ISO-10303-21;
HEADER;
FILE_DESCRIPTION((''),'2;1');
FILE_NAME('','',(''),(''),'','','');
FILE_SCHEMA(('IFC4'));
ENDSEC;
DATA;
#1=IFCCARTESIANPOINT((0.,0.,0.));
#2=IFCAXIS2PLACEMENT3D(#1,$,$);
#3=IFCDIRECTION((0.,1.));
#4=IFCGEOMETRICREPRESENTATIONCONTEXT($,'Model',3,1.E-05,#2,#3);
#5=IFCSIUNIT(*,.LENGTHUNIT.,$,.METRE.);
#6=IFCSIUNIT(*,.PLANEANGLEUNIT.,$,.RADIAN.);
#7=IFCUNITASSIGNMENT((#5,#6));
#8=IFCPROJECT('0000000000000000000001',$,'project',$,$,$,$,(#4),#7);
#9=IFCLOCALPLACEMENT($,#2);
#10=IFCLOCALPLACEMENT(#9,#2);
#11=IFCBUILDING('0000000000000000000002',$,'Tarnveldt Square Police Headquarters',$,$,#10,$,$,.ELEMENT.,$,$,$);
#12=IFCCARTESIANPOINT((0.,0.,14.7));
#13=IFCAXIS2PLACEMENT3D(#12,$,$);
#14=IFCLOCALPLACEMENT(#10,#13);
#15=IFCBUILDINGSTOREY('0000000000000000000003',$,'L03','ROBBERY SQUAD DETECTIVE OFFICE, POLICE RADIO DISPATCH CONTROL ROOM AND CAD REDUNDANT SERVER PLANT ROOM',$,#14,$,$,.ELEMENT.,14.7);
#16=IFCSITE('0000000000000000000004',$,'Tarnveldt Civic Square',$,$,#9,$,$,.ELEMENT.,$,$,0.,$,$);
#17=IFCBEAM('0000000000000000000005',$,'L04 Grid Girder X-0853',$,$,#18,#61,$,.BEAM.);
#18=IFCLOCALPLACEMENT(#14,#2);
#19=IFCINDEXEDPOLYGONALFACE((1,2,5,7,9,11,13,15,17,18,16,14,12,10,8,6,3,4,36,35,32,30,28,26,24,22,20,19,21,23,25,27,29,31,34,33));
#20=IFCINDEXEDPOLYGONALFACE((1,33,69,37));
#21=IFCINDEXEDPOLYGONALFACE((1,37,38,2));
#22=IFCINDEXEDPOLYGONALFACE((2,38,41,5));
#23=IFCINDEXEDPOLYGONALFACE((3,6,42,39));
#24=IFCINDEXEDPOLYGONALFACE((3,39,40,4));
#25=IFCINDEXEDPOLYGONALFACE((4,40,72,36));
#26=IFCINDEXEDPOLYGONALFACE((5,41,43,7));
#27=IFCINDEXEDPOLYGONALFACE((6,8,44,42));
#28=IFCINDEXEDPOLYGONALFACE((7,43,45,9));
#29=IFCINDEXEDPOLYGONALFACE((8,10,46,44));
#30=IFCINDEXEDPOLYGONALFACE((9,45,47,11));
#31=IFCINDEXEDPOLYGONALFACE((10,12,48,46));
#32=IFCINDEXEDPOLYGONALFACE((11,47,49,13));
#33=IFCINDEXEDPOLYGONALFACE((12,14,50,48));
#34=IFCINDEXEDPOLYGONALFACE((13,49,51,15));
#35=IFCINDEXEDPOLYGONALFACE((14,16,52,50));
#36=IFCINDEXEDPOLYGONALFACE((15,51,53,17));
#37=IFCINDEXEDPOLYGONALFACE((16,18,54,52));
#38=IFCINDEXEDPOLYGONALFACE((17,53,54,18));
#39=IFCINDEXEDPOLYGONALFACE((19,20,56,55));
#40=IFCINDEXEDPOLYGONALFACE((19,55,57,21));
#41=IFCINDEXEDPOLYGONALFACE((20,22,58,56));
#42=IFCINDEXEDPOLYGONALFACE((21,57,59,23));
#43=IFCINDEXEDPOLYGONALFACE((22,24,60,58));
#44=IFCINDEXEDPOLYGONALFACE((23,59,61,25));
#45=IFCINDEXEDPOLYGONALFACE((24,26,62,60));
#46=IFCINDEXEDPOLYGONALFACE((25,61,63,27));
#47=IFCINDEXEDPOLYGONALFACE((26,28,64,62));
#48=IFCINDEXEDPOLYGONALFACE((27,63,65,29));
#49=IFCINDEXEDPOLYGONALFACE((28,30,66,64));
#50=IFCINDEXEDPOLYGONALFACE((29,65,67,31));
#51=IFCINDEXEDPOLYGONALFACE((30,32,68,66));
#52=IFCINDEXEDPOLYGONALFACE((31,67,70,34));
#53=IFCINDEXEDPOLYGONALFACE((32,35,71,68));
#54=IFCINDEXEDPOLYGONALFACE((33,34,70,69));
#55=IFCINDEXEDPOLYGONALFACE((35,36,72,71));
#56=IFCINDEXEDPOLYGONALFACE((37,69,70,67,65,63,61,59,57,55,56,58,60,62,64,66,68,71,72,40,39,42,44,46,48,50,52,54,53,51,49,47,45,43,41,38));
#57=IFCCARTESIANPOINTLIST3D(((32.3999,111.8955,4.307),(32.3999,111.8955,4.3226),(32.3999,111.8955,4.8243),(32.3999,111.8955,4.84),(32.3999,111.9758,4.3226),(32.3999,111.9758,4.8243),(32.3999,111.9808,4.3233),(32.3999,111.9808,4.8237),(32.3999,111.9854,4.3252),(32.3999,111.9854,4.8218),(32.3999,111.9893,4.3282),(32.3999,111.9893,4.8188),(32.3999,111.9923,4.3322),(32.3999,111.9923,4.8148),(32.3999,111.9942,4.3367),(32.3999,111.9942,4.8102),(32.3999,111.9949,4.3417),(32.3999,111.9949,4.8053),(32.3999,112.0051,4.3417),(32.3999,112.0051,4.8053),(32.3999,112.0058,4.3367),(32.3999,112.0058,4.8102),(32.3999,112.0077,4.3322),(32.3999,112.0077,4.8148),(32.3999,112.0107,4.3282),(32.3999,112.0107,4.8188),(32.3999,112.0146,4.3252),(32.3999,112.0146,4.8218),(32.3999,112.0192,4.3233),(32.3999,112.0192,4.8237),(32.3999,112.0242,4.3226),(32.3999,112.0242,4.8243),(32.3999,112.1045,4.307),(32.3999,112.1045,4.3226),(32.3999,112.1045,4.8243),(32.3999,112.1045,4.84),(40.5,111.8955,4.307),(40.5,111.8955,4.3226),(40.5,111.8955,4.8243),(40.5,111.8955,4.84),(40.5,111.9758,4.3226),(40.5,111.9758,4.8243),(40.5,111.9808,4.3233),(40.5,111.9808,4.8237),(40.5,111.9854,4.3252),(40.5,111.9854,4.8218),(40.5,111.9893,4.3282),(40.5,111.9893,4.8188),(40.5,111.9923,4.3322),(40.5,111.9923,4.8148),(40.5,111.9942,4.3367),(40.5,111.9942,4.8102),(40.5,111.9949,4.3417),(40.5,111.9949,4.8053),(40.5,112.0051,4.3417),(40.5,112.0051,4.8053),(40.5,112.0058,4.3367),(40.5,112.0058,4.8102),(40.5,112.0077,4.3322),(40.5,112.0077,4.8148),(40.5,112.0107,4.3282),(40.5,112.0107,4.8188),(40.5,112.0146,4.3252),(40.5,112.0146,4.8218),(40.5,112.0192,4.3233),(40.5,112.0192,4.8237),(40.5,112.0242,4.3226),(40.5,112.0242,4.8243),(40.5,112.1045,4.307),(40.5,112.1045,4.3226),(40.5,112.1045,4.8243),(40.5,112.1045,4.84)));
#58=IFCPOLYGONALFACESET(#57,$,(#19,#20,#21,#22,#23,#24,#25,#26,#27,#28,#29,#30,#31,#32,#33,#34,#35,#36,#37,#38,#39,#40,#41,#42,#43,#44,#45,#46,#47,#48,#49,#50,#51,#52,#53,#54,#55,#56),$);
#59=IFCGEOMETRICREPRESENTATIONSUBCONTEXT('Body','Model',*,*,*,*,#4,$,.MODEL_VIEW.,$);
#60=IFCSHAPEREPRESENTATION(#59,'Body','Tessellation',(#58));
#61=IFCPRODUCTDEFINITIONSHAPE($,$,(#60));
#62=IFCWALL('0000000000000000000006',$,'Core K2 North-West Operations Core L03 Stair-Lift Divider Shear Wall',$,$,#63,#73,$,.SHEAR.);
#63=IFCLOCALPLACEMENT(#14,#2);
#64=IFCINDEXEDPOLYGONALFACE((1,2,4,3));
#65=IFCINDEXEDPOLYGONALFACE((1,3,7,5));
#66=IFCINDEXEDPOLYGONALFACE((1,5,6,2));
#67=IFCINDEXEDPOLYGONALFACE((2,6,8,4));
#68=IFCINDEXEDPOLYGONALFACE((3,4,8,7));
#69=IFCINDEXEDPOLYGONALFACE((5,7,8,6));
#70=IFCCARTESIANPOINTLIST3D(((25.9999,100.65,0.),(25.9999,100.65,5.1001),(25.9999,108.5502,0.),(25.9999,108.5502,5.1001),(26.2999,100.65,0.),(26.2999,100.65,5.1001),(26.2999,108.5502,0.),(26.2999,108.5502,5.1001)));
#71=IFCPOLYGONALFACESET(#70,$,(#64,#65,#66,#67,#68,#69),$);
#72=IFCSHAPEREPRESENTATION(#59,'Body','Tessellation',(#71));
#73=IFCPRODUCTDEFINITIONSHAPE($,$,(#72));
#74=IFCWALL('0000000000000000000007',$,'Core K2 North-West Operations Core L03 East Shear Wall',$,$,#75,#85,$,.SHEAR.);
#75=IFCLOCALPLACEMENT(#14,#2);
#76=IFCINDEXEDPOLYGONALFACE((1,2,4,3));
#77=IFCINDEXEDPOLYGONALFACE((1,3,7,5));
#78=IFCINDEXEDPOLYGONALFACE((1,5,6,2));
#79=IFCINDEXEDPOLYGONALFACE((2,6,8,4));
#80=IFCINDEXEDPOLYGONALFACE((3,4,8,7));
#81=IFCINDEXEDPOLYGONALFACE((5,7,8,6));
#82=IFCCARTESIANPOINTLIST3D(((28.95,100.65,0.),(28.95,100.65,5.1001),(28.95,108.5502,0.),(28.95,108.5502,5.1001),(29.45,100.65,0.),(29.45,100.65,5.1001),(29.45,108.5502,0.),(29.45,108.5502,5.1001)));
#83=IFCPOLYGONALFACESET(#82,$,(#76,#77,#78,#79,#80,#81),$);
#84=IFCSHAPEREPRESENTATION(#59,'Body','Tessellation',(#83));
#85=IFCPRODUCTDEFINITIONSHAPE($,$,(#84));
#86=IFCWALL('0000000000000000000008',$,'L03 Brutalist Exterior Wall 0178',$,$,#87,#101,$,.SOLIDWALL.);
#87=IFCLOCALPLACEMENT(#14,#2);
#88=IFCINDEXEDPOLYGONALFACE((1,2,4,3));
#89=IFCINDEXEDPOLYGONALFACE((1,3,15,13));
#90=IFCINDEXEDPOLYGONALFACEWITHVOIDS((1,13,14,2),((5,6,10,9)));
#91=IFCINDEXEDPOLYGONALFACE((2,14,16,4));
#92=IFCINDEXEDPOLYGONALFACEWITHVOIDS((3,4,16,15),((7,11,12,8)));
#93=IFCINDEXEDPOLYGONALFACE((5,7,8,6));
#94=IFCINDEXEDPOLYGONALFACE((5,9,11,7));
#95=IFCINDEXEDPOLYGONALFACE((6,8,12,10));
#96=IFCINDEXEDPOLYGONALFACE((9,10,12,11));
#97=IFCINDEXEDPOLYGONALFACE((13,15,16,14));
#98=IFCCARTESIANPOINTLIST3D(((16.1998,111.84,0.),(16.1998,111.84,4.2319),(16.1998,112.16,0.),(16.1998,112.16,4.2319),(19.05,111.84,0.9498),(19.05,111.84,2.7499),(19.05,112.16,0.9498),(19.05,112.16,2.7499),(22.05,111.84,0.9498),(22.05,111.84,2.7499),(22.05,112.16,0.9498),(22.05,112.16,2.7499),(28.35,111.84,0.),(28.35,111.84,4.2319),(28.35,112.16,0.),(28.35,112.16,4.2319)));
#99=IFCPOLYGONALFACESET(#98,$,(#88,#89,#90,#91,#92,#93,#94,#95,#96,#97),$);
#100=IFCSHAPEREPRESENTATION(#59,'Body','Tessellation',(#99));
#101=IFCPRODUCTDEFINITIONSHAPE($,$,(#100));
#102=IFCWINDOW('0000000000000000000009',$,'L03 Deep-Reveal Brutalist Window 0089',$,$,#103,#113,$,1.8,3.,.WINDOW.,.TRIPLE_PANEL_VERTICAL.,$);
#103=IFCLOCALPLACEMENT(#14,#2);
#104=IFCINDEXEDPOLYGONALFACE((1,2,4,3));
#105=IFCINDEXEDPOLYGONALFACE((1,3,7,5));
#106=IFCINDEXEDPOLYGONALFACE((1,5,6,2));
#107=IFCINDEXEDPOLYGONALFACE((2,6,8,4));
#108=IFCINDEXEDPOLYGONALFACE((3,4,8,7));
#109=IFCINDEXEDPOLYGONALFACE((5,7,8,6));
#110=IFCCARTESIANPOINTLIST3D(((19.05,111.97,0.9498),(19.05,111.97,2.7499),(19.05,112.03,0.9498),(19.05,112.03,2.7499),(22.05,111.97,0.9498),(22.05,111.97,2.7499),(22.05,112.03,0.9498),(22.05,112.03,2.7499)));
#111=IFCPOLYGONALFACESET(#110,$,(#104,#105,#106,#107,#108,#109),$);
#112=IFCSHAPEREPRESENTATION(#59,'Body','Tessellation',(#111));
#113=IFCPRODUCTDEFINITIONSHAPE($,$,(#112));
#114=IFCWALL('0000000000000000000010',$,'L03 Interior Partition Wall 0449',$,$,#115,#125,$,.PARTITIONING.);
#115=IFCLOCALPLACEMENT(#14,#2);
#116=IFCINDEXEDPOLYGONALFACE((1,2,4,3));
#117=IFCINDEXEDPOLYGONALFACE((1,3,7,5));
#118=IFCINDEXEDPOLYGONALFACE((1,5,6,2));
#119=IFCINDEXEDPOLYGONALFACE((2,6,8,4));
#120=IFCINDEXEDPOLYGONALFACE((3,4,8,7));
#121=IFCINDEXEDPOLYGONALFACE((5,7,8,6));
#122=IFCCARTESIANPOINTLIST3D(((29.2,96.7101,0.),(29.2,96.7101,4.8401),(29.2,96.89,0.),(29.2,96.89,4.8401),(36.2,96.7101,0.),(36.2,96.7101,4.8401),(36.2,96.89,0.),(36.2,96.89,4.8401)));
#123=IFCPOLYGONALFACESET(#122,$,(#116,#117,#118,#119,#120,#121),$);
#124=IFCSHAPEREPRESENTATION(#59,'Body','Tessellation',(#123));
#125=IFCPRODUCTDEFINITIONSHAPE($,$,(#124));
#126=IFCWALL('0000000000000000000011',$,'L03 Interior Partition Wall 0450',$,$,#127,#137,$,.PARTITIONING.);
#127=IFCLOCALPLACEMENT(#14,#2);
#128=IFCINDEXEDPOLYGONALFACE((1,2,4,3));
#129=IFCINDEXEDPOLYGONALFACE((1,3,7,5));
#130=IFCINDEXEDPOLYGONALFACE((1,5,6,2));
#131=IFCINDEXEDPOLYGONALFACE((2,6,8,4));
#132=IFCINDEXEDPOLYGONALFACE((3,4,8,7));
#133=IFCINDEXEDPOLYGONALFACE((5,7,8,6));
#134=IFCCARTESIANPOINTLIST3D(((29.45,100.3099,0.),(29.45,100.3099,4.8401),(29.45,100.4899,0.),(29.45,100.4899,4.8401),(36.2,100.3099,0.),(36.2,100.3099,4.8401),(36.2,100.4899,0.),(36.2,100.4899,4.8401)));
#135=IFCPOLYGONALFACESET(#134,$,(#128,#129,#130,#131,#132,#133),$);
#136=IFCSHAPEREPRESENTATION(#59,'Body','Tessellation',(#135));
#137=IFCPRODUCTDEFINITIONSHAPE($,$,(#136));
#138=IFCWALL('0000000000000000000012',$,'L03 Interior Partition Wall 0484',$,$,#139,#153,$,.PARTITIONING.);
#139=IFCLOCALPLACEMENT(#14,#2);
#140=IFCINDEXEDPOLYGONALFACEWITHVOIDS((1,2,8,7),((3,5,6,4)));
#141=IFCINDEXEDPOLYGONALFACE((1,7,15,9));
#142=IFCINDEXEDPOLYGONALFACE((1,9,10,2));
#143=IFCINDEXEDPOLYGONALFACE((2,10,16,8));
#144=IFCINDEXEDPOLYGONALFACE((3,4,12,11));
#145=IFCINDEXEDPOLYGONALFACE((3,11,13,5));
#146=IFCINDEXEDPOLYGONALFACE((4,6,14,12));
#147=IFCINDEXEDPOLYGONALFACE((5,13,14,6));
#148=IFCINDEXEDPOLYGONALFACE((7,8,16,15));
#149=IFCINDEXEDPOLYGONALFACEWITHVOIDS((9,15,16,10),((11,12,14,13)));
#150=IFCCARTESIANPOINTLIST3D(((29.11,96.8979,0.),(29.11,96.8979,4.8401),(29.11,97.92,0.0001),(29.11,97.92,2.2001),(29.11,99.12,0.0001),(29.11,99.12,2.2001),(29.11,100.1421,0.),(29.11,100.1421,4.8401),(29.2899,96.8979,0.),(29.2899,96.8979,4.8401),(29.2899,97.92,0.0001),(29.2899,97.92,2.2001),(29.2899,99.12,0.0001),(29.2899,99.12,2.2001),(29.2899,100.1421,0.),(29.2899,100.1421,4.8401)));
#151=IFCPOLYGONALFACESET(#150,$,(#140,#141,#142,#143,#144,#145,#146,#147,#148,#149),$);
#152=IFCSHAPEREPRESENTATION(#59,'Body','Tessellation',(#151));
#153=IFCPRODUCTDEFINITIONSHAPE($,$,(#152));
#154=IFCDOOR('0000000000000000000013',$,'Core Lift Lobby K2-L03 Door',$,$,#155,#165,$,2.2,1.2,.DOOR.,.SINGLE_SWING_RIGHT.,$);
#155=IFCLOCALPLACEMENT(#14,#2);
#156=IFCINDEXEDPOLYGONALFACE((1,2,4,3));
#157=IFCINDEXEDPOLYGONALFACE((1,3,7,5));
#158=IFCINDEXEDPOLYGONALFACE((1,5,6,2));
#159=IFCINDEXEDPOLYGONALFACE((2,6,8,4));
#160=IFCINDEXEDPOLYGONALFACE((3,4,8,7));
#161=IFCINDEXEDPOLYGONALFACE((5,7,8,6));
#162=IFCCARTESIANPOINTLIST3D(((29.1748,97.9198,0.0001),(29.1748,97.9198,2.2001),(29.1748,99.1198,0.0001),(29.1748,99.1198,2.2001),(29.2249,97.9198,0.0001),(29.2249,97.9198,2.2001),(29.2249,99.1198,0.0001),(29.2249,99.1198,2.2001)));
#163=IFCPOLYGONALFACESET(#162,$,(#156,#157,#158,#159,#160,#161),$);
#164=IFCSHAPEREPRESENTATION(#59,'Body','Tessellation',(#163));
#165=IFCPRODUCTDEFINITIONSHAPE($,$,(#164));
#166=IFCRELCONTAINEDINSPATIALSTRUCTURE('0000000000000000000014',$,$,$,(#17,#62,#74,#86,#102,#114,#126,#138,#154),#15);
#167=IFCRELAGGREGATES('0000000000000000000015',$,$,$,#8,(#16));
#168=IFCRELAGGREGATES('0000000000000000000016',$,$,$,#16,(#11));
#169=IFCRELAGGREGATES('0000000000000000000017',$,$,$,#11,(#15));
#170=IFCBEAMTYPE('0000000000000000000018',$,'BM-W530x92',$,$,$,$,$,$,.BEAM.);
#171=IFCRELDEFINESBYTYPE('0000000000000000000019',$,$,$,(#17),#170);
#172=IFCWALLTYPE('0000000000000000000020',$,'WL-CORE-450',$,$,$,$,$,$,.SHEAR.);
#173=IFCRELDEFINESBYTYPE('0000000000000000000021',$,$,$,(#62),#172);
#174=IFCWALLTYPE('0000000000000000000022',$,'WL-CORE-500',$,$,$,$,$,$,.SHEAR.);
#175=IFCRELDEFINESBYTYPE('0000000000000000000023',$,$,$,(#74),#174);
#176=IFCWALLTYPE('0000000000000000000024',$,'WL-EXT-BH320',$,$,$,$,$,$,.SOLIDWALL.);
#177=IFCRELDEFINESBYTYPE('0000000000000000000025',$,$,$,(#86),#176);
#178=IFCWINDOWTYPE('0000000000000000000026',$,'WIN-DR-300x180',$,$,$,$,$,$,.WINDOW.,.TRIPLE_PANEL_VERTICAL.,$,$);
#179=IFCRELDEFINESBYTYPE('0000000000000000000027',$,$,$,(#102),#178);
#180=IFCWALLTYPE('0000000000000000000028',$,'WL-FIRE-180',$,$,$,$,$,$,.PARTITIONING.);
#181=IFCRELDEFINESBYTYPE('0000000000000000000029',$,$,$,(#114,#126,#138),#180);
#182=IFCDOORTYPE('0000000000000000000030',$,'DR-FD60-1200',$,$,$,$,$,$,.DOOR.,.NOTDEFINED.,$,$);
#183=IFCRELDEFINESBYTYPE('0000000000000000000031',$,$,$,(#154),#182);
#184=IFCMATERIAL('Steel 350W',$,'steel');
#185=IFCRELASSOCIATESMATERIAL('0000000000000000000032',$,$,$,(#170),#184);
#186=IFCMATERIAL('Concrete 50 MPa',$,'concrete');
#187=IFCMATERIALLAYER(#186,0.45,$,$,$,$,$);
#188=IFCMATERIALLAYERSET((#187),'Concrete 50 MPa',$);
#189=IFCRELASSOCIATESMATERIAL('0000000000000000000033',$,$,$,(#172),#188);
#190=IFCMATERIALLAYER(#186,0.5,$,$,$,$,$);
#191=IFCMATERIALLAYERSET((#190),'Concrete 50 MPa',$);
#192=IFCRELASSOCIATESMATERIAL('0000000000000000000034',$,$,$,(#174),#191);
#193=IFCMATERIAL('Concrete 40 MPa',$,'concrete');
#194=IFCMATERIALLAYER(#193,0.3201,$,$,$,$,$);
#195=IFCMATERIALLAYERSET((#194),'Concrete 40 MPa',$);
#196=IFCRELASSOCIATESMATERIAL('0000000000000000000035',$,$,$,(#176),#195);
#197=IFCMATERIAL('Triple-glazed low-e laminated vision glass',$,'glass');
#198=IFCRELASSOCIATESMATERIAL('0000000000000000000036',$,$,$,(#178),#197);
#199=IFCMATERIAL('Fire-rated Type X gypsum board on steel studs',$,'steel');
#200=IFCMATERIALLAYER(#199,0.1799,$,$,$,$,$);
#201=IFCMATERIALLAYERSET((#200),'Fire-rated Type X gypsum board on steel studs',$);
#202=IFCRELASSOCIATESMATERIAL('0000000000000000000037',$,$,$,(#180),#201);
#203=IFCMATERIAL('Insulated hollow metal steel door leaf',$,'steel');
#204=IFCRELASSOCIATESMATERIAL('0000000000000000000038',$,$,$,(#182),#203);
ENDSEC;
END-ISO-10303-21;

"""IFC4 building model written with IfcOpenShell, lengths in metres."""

from ifc_helpers import new_model, si_unit, direction, frame, frame_2d, origin, origin_2d, place, context, subcontext, project, spatial, rectangle, i_section, extrude, material, layer, layer_set, material_profile, profile_set, type_object, element, fill, save


model = new_model("IFC4")

# Units and contexts
model_context = context("Model", 3, precision=1e-05, world=origin(), true_north=direction((0.0, 1.0)))
body_context = subcontext(model_context, "Body", "Model", "MODEL_VIEW")
ifc_project = project(units=[si_unit("LENGTHUNIT", "METRE"), si_unit("PLANEANGLEUNIT", "RADIAN")], contexts=[model_context])

# Site, building, storey
site_placement = place(None, origin())
site = spatial("IfcSite", under=ifc_project, at=site_placement, Name="Tarnveldt Civic Square", CompositionType="ELEMENT", RefElevation=0.0)
building_placement = place(site_placement, origin())
building = spatial("IfcBuilding", under=site, at=building_placement, Name="Tarnveldt Square Police Headquarters", CompositionType="ELEMENT")
storey_placement = place(building_placement, frame((0.0, 0.0, 14.7)))
storey = spatial("IfcBuildingStorey", under=building, at=storey_placement, Name="L03", Description="ROBBERY SQUAD DETECTIVE OFFICE, POLICE RADIO DISPATCH CONTROL ROOM AND CAD REDUNDANT SERVER PLANT ROOM", CompositionType="ELEMENT", Elevation=14.7)

# Shared definitions
ifc_material_1 = material(Name="Steel 350W", Category="steel")
ifc_material_2 = material(Name="Concrete 40 MPa", Category="concrete")

# Beam
ifc_material_profile_1 = material_profile(ifc_material_1, i_section(OverallWidth=0.209, OverallDepth=0.533, WebThickness=0.0103, FlangeThickness=0.0156, FilletRadius=0.019, at=origin_2d()), Name="W530x92")
ifc_profile_set_1 = profile_set([ifc_material_profile_1], Name="Steel 350W")
beam_type_1 = type_object("IfcBeamType", Name="BM-W530x92", PredefinedType="BEAM", material=ifc_profile_set_1)
for number, where, z_axis, x_axis, name in (
    (1, (32.3999, 112.0, 4.5735), (1.0, 0.0, 0.0), (0.0, 1.0, 0.0), "L04 Grid Girder X-0853"),
):
    element("IfcBeam", number, at=place(storey_placement, frame(where, z_axis=z_axis, x_axis=x_axis)), inside=storey, type_object=beam_type_1, Name=name, PredefinedType="BEAM", context=body_context, shape_type="SweptSolid", body=[
        extrude(i_section(OverallWidth=0.209, OverallDepth=0.533, WebThickness=0.0103, FlangeThickness=0.0156, FilletRadius=0.019, at=origin_2d()), origin(), (0.0, 0.0, 1.0), 8.1001),
    ])

# Walls
ifc_material_3 = material(Name="Concrete 50 MPa", Category="concrete")
ifc_layer_1 = layer(ifc_material_3, 0.45)
ifc_layer_set_1 = layer_set([ifc_layer_1], Name="Concrete 50 MPa")
wall_type_1 = type_object("IfcWallType", Name="WL-CORE-450", PredefinedType="SHEAR", material=ifc_layer_set_1)
wall_1_placement = place(storey_placement, frame((26.1499, 100.6499, 0.0), z_axis=(0.0, 0.0, 1.0), x_axis=(0.0, 1.0, 0.0)))
element("IfcWall", 2, at=wall_1_placement, inside=storey, type_object=wall_type_1, Name="Core K2 North-West Operations Core L03 Stair-Lift Divider Shear Wall", PredefinedType="SHEAR", context=body_context, shape_type="SweptSolid", body=[
    extrude(rectangle(XDim=7.9001, YDim=0.3, at=frame_2d((3.9502, 0.0))), origin(), (0.0, 0.0, 1.0), 5.1001),
])
ifc_layer_2 = layer(ifc_material_3, 0.5)
ifc_layer_set_2 = layer_set([ifc_layer_2], Name="Concrete 50 MPa")
wall_type_2 = type_object("IfcWallType", Name="WL-CORE-500", PredefinedType="SHEAR", material=ifc_layer_set_2)
wall_2_placement = place(storey_placement, frame((29.2, 100.6499, 0.0), z_axis=(0.0, 0.0, 1.0), x_axis=(0.0, 1.0, 0.0)))
element("IfcWall", 3, at=wall_2_placement, inside=storey, type_object=wall_type_2, Name="Core K2 North-West Operations Core L03 East Shear Wall", PredefinedType="SHEAR", context=body_context, shape_type="SweptSolid", body=[
    extrude(rectangle(XDim=7.9001, YDim=0.5, at=frame_2d((3.9502, 0.0))), origin(), (0.0, 0.0, 1.0), 5.1001),
])

# Wall, opening, window
ifc_layer_3 = layer(ifc_material_2, 0.3201)
ifc_layer_set_3 = layer_set([ifc_layer_3], Name="Concrete 40 MPa")
wall_type_3 = type_object("IfcWallType", Name="WL-EXT-BH320", PredefinedType="SOLIDWALL", material=ifc_layer_set_3)
wall_3_placement = place(storey_placement, frame((28.3501, 112.0, 0.0), z_axis=(0.0, 0.0, 1.0), x_axis=(-1.0, 0.0, 0.0)))
wall_3 = element("IfcWall", 4, at=wall_3_placement, inside=storey, type_object=wall_type_3, Name="L03 Brutalist Exterior Wall 0178", PredefinedType="SOLIDWALL", context=body_context, shape_type="SweptSolid", body=[
    extrude(rectangle(XDim=12.1501, YDim=0.3201, at=frame_2d((6.0752, 0.0))), origin(), (0.0, 0.0, 1.0), 4.2319),
])
opening_1_placement = place(wall_3_placement, frame((6.3, 0.0, 0.95)))
opening_1 = element("IfcOpeningElement", 5, at=opening_1_placement, cuts=wall_3, PredefinedType="OPENING", context=body_context, shape_type="SweptSolid", body=[
    extrude(rectangle(XDim=3.0, YDim=1.8, at=frame_2d((1.5, 0.8999))), frame((0.0, 0.1699, 0.0), z_axis=(0.0, -1.0, 0.0), x_axis=(1.0, 0.0, 0.0)), (0.0, 0.0, 1.0), 0.3401),
])
ifc_material_4 = material(Name="Triple-glazed low-e laminated vision glass", Category="glass")
window_type = type_object("IfcWindowType", Name="WIN-DR-300x180", PartitioningType="TRIPLE_PANEL_VERTICAL", PredefinedType="WINDOW", material=ifc_material_4)
window_placement = place(opening_1_placement, origin())
window = element("IfcWindow", 6, at=window_placement, inside=storey, type_object=window_type, Name="L03 Deep-Reveal Brutalist Window 0089", OverallHeight=1.8, OverallWidth=3.0, PartitioningType="TRIPLE_PANEL_VERTICAL", PredefinedType="WINDOW", context=body_context, shape_type="SweptSolid", body=[
    extrude(rectangle(XDim=3.0, YDim=1.8, at=frame_2d((1.5, 0.8999))), frame((0.0, 0.03, 0.0), z_axis=(0.0, -1.0, 0.0), x_axis=(1.0, 0.0, 0.0)), (0.0, 0.0, 1.0), 0.0601),
])
fill(opening_1, window)

# Walls
ifc_material_5 = material(Name="Fire-rated Type X gypsum board on steel studs", Category="steel")
ifc_layer_4 = layer(ifc_material_5, 0.1799)
ifc_layer_set_4 = layer_set([ifc_layer_4], Name="Fire-rated Type X gypsum board on steel studs")
wall_type_4 = type_object("IfcWallType", Name="WL-FIRE-180", PredefinedType="PARTITIONING", material=ifc_layer_set_4)
wall_4_placement = place(storey_placement, frame((29.2, 96.8, 0.0), z_axis=(0.0, 0.0, 1.0), x_axis=(1.0, 0.0, 0.0)))
element("IfcWall", 7, at=wall_4_placement, inside=storey, type_object=wall_type_4, Name="L03 Interior Partition Wall 0449", PredefinedType="PARTITIONING", context=body_context, shape_type="SweptSolid", body=[
    extrude(rectangle(XDim=7.0, YDim=0.1799, at=frame_2d((3.5, 0.0))), origin(), (0.0, 0.0, 1.0), 4.8401),
])
wall_5_placement = place(storey_placement, frame((29.45, 100.3999, 0.0), z_axis=(0.0, 0.0, 1.0), x_axis=(1.0, 0.0, 0.0)))
element("IfcWall", 8, at=wall_5_placement, inside=storey, type_object=wall_type_4, Name="L03 Interior Partition Wall 0450", PredefinedType="PARTITIONING", context=body_context, shape_type="SweptSolid", body=[
    extrude(rectangle(XDim=6.75, YDim=0.1799, at=frame_2d((3.375, 0.0))), origin(), (0.0, 0.0, 1.0), 4.8401),
])

# Wall, opening, door
wall_6_placement = place(storey_placement, frame((29.2, 96.8979, 0.0), z_axis=(0.0, 0.0, 1.0), x_axis=(0.0, 1.0, 0.0)))
wall_6 = element("IfcWall", 9, at=wall_6_placement, inside=storey, type_object=wall_type_4, Name="L03 Interior Partition Wall 0484", PredefinedType="PARTITIONING", context=body_context, shape_type="SweptSolid", body=[
    extrude(rectangle(XDim=3.2441, YDim=0.1799, at=frame_2d((1.6221, 0.0))), origin(), (0.0, 0.0, 1.0), 4.8401),
])
opening_2_placement = place(wall_6_placement, frame((1.022, 0.0, 0.0)))
opening_2 = element("IfcOpeningElement", 10, at=opening_2_placement, cuts=wall_6, PredefinedType="OPENING", context=body_context, shape_type="SweptSolid", body=[
    extrude(rectangle(XDim=1.2, YDim=2.2, at=frame_2d((0.6001, 1.1001))), frame((0.0, 0.0999, 0.0), z_axis=(0.0, -1.0, 0.0), x_axis=(1.0, 0.0, 0.0)), (0.0, 0.0, 1.0), 0.2),
])
ifc_material_6 = material(Name="Insulated hollow metal steel door leaf", Category="steel")
door_type_1 = type_object("IfcDoorType", Name="DR-FD60-1200", OperationType="NOTDEFINED", PredefinedType="DOOR", material=ifc_material_6)
door_1_placement = place(opening_2_placement, frame((1.2, 0.0, 0.0), z_axis=(0.0, 0.0, 1.0), x_axis=(-1.0, 0.0, 0.0)))
door_1 = element("IfcDoor", 11, at=door_1_placement, inside=storey, type_object=door_type_1, Name="Core Lift Lobby K2-L03 Door", OperationType="SINGLE_SWING_RIGHT", OverallHeight=2.2, OverallWidth=1.2, PredefinedType="DOOR", context=body_context, shape_type="SweptSolid", body=[
    extrude(rectangle(XDim=1.2, YDim=2.2, at=frame_2d((0.6001, 1.1001))), frame((0.0, 0.0249, 0.0), z_axis=(0.0, -1.0, 0.0), x_axis=(1.0, 0.0, 0.0)), (0.0, 0.0, 1.0), 0.05),
])
fill(opening_2, door_1)

save(model, "model.ifc")
